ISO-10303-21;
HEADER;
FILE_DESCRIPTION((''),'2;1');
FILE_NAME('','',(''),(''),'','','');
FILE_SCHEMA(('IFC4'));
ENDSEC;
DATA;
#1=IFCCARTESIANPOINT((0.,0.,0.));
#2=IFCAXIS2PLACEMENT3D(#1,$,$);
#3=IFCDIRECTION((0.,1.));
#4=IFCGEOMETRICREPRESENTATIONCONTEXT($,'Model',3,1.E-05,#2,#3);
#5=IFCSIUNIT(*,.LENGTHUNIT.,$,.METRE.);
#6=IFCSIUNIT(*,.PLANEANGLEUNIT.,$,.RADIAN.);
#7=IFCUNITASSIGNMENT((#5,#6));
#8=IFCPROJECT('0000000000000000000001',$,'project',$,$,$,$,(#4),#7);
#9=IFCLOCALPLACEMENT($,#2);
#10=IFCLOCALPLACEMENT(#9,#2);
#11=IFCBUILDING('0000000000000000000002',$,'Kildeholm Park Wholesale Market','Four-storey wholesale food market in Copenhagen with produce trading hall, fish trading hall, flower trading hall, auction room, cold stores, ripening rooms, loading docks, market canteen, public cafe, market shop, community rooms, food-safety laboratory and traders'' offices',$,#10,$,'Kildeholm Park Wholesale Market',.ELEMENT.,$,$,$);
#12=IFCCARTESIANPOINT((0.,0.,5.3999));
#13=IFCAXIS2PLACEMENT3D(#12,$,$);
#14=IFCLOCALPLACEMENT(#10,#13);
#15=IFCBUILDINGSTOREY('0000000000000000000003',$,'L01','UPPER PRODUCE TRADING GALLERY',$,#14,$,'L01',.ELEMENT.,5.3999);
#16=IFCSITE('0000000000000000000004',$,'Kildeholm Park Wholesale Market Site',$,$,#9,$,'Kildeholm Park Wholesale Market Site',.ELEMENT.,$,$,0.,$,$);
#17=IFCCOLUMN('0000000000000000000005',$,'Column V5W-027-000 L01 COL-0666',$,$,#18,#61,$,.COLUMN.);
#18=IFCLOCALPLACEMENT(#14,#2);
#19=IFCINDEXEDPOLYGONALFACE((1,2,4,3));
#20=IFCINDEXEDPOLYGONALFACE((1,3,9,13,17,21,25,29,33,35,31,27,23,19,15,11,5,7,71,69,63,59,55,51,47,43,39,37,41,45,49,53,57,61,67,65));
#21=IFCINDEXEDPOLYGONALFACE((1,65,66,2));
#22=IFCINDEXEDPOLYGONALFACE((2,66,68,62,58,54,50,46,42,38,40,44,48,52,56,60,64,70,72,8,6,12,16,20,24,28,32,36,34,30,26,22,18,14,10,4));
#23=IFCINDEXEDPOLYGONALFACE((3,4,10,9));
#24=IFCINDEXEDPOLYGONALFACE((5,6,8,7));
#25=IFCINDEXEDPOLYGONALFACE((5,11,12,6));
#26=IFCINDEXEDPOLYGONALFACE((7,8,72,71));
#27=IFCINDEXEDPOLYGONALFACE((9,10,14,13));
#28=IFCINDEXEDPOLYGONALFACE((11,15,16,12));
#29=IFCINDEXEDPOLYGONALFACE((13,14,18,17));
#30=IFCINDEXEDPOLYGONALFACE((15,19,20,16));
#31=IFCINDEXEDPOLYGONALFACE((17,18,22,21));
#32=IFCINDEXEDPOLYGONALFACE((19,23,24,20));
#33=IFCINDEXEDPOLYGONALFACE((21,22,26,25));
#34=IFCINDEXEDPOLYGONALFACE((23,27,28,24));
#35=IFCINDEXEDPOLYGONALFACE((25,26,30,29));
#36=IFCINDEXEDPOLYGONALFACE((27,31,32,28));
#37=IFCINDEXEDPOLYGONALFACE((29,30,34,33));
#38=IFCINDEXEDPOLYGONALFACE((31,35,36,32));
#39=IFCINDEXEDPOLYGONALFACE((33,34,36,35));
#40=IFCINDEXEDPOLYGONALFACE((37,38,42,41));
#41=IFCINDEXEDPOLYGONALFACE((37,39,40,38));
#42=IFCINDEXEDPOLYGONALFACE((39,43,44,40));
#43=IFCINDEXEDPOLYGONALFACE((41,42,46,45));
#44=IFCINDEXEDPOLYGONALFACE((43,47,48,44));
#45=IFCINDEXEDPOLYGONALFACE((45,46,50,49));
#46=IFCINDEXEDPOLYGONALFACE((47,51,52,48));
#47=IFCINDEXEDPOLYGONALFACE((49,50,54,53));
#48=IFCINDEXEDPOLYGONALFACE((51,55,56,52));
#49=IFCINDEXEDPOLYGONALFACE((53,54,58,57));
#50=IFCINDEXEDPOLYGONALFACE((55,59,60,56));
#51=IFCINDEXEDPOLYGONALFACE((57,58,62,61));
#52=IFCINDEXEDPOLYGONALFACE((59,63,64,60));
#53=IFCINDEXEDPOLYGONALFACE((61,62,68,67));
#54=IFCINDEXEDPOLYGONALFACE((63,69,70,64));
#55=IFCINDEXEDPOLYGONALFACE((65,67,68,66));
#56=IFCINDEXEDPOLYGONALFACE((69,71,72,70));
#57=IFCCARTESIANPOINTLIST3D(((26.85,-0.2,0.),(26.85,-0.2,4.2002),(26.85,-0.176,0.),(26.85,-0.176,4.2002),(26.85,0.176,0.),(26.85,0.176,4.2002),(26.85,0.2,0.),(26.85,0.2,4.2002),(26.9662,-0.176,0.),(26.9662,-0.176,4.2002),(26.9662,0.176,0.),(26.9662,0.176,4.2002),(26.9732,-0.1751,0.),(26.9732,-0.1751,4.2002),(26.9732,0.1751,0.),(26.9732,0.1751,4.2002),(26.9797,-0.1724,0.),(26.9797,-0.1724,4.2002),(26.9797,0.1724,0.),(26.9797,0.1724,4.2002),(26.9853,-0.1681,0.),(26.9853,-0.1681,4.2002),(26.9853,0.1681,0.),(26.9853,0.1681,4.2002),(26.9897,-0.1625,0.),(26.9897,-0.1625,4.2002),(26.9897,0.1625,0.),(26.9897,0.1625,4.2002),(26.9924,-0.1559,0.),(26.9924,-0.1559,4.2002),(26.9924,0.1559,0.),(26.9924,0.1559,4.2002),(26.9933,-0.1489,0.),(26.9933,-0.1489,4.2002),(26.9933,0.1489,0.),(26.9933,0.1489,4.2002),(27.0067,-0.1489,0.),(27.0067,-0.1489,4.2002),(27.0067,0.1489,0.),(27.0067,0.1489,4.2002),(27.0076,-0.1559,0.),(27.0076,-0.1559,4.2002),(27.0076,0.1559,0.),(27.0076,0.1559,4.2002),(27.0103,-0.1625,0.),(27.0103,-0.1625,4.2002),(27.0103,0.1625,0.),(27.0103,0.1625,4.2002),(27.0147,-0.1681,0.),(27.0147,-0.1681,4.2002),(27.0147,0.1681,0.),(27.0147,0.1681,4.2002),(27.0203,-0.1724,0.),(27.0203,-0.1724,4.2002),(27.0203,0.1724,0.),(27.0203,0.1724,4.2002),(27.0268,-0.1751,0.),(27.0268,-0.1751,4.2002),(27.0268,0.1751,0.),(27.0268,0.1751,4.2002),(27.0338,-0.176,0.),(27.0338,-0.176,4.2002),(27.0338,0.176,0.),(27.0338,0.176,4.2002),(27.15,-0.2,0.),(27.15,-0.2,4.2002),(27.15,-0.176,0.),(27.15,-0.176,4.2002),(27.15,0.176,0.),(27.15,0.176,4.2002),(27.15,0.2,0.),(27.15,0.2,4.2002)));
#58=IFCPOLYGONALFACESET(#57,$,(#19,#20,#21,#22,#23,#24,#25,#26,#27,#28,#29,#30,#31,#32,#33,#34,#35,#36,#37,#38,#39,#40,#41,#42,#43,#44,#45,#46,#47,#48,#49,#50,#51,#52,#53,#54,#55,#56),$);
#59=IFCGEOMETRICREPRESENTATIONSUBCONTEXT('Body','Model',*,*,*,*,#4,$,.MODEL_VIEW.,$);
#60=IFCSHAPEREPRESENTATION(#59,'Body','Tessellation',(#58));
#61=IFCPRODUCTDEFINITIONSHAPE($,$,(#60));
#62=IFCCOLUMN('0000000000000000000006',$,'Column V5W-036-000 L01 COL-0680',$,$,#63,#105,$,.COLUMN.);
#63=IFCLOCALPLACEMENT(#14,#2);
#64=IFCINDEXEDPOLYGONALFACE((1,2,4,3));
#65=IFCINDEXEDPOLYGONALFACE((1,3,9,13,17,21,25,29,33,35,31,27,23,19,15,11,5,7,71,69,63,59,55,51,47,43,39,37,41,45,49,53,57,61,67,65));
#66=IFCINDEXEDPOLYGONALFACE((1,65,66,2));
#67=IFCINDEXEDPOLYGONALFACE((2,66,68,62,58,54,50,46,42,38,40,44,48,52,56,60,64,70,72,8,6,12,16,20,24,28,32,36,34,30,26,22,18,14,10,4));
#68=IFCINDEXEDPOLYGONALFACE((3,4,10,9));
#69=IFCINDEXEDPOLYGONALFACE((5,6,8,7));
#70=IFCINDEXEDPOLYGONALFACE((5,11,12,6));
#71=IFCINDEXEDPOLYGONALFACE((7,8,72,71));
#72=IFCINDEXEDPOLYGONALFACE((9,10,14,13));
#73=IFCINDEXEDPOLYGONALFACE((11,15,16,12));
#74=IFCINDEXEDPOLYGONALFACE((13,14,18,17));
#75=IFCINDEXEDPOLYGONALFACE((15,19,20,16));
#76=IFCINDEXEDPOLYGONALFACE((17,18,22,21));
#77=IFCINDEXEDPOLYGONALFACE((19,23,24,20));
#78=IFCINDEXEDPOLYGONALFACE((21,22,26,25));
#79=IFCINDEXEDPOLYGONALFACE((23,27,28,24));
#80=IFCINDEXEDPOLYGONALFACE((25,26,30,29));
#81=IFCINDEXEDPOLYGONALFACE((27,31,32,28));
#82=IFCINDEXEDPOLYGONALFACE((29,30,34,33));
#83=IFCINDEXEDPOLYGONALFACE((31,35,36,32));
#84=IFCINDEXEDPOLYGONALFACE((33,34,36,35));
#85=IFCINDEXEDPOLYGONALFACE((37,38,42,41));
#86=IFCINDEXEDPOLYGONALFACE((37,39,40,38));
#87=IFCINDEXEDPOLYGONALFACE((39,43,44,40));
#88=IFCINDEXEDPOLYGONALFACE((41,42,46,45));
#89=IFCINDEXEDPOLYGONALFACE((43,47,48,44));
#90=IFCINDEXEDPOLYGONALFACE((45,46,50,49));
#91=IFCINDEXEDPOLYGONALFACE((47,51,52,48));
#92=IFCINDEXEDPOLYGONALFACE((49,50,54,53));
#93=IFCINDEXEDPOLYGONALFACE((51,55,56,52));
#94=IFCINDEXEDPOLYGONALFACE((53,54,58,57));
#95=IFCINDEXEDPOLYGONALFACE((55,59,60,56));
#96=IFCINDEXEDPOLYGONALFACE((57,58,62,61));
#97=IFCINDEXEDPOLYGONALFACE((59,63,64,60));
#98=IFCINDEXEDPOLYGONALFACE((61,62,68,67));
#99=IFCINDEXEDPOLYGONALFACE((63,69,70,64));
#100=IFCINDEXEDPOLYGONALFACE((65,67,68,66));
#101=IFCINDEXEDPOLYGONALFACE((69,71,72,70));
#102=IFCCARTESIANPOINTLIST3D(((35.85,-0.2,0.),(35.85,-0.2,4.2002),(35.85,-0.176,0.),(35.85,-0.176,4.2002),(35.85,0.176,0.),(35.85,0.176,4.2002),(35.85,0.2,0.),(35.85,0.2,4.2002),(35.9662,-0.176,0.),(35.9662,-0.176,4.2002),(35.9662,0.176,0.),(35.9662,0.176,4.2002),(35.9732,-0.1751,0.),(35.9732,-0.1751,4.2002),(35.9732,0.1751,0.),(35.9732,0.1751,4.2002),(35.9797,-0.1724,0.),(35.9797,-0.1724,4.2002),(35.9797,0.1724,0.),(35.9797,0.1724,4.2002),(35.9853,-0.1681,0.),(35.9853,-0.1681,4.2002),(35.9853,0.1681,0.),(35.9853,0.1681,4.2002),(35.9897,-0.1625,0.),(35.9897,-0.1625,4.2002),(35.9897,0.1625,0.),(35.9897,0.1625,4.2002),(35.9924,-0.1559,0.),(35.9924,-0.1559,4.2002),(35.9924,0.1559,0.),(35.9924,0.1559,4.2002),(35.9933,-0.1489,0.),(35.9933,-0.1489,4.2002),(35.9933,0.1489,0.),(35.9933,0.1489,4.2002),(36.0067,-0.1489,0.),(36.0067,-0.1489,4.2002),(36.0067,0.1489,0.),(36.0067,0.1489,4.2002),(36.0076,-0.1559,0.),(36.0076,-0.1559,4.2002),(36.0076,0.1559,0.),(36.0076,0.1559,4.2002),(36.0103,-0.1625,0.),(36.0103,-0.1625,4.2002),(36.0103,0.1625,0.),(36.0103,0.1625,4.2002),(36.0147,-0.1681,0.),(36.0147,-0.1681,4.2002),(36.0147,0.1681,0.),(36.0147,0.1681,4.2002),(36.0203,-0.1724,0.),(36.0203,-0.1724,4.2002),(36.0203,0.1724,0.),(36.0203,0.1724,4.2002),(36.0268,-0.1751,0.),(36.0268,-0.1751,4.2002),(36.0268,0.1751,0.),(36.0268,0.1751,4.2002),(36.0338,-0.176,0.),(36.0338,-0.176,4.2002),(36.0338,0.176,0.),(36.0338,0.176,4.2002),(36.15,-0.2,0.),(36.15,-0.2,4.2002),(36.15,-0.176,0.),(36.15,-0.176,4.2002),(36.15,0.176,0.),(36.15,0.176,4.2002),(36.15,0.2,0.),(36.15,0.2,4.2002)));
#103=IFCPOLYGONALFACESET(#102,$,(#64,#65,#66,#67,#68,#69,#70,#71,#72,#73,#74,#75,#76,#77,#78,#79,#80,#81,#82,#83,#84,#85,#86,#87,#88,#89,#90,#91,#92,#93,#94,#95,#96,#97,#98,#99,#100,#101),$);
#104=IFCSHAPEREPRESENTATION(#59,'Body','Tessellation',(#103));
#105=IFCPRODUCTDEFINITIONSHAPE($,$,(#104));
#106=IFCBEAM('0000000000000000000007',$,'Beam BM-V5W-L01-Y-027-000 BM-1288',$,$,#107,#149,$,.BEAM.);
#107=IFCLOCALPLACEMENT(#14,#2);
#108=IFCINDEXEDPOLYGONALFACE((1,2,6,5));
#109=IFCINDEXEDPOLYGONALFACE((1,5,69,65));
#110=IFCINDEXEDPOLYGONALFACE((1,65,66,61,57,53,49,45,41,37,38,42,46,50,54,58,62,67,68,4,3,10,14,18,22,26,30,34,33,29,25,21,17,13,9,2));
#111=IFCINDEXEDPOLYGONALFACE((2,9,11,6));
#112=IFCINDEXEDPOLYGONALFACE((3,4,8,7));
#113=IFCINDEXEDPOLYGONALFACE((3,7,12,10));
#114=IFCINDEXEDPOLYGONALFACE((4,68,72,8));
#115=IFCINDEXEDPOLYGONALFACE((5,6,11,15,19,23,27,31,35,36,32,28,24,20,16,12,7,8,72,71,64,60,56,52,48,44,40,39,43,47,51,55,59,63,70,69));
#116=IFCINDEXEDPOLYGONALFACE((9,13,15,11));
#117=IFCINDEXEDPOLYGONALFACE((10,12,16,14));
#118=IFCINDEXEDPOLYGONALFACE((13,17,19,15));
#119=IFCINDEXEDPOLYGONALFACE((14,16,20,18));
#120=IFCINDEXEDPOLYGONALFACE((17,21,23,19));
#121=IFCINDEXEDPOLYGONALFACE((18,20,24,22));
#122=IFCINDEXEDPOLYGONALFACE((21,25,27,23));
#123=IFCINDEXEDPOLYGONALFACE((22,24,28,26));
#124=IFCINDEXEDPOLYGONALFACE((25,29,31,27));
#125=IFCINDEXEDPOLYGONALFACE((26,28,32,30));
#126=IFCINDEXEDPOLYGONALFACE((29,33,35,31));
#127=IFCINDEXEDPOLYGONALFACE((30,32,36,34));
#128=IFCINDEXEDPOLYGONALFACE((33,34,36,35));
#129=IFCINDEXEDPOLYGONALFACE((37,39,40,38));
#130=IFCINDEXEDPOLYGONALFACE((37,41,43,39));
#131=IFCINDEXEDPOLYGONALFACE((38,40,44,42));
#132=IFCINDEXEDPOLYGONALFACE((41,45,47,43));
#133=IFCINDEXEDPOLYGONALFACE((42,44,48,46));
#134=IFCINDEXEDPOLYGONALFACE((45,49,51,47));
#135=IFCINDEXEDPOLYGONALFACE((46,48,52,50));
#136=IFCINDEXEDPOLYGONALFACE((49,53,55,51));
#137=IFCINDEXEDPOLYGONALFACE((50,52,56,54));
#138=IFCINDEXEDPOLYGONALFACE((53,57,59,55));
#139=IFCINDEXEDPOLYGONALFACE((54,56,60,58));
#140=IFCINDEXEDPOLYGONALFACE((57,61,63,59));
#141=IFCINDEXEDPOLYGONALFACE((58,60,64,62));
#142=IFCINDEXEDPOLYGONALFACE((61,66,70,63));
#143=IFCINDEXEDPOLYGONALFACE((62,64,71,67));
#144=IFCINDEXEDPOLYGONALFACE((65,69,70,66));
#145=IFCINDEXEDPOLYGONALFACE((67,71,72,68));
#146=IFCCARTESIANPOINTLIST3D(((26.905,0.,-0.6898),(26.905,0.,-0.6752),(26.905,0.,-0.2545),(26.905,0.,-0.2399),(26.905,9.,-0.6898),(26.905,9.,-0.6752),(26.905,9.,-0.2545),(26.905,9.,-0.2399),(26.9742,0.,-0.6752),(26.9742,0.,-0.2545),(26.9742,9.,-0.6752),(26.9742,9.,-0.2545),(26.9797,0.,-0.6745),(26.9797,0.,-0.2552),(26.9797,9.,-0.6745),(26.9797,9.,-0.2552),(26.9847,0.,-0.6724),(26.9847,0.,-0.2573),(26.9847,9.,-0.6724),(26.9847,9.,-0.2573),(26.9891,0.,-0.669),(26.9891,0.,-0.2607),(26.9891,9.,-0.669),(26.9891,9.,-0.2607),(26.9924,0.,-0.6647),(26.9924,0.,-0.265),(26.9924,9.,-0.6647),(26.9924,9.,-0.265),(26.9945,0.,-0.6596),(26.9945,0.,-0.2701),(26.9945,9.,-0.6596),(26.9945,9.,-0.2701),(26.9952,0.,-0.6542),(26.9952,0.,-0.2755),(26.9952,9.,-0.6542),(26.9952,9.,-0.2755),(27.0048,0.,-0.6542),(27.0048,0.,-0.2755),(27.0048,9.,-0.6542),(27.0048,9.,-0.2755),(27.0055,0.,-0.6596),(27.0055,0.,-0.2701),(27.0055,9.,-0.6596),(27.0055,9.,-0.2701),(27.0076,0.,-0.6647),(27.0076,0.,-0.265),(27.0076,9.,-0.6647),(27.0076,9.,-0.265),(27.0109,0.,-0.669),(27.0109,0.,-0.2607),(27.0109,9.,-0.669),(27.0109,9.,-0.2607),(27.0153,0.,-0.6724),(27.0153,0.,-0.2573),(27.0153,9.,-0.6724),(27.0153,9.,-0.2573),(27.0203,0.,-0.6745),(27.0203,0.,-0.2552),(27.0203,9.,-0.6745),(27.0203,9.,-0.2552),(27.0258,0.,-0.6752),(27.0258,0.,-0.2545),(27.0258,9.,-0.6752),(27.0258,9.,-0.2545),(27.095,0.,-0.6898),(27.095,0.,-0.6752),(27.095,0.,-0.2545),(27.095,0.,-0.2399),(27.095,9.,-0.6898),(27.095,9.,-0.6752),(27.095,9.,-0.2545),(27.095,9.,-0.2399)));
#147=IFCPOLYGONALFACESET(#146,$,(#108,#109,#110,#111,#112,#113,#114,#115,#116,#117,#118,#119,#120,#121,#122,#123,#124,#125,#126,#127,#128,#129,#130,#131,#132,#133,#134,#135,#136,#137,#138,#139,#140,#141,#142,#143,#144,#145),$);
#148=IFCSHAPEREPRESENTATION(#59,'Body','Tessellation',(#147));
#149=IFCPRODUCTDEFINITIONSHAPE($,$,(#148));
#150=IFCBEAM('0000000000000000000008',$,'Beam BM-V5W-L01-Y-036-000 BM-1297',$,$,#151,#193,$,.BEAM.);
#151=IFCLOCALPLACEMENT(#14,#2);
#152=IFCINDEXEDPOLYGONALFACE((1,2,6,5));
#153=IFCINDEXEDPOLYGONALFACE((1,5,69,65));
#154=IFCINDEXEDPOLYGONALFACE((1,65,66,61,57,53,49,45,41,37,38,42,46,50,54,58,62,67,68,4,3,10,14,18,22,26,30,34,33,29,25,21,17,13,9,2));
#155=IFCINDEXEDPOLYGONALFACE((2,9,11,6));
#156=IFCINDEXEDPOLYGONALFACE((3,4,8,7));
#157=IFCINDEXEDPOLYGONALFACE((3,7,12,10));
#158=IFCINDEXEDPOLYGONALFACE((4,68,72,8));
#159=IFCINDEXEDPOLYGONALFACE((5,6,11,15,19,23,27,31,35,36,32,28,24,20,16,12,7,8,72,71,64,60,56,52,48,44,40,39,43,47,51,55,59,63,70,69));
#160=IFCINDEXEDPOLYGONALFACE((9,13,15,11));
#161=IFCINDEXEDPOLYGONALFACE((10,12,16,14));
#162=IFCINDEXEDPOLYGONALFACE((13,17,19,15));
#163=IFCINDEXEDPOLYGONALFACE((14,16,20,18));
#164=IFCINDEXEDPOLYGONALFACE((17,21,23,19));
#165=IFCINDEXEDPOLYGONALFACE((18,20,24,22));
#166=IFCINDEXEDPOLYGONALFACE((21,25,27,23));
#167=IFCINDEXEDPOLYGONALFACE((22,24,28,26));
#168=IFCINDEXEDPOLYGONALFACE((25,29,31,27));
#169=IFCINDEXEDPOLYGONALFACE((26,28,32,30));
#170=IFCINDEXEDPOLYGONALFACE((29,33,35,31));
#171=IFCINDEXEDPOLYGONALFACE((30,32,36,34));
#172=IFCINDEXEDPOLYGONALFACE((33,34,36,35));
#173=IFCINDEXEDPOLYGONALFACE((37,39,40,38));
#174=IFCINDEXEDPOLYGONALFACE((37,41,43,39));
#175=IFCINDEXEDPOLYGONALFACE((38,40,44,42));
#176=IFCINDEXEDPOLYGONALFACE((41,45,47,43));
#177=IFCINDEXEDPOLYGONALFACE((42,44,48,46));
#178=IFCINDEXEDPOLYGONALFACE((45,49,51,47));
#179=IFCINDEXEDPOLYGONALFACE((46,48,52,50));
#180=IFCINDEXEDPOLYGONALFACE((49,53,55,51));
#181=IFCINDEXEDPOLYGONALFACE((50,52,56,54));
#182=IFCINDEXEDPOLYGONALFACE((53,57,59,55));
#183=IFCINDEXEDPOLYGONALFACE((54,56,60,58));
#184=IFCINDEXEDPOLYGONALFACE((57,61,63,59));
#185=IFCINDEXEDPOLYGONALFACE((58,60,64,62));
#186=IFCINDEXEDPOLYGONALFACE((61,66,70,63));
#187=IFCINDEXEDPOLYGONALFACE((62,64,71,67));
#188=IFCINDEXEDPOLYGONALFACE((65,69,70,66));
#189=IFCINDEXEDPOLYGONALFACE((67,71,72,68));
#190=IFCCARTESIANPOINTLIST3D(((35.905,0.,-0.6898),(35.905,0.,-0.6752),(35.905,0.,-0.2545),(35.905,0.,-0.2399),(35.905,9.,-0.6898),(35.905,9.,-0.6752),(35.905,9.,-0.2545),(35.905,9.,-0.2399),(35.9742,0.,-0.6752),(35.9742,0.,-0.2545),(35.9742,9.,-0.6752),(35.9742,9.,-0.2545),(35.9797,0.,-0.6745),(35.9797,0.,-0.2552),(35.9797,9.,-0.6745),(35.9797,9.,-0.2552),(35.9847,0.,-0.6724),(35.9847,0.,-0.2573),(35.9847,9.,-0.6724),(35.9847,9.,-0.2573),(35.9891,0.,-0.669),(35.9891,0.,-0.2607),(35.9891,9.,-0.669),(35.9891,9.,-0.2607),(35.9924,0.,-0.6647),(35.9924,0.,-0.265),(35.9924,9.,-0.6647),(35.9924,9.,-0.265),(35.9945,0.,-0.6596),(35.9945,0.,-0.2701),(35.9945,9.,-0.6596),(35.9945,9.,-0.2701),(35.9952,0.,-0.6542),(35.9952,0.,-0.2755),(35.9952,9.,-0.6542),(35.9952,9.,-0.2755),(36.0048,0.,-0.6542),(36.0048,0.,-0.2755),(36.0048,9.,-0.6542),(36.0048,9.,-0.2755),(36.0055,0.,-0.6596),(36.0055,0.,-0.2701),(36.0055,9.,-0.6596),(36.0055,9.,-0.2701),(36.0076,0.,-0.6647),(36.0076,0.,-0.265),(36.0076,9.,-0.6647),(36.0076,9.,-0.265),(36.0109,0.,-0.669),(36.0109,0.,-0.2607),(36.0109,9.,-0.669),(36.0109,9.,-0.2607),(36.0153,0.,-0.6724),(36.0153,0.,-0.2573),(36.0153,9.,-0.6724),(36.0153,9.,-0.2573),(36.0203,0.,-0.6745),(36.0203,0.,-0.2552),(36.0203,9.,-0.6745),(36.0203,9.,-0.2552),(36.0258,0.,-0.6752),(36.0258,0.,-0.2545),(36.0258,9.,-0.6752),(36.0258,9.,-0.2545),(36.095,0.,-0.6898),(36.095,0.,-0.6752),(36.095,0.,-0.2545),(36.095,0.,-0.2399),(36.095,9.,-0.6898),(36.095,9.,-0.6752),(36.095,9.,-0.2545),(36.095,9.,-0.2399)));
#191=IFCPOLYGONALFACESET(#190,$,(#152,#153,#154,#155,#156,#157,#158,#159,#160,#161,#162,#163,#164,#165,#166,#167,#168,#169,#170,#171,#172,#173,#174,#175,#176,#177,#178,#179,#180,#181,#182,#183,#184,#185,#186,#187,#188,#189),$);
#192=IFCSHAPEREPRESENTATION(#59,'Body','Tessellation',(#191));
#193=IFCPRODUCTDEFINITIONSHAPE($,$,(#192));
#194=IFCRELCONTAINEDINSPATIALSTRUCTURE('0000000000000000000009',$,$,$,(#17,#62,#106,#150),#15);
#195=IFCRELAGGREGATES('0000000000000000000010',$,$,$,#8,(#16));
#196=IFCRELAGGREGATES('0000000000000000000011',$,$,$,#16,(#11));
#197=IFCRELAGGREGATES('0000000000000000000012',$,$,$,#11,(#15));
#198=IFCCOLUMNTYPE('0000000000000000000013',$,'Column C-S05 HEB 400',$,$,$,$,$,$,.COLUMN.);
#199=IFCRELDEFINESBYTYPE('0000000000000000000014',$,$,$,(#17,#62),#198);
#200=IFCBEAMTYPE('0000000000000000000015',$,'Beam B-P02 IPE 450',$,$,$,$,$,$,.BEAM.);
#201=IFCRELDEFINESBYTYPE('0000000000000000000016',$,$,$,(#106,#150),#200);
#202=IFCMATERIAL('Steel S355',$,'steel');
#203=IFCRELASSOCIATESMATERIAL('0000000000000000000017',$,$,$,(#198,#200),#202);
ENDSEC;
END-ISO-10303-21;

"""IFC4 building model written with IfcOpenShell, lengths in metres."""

from ifc_helpers import new_model, si_unit, direction, frame, origin, origin_2d, place, context, subcontext, project, spatial, i_section, extrude, material, material_profile, profile_set, type_object, element, save


model = new_model("IFC4")

# Units and contexts
model_context = context("Model", 3, precision=1e-05, world=origin(), true_north=direction((0.0, 1.0)))
body_context = subcontext(model_context, "Body", "Model", "MODEL_VIEW")
ifc_project = project(units=[si_unit("LENGTHUNIT", "METRE"), si_unit("PLANEANGLEUNIT", "RADIAN")], contexts=[model_context])

# Site, building, storey
site_placement = place(None, origin())
site = spatial("IfcSite", under=ifc_project, at=site_placement, Name="Kildeholm Park Wholesale Market Site", LongName="Kildeholm Park Wholesale Market Site", CompositionType="ELEMENT", RefElevation=0.0)
building_placement = place(site_placement, origin())
building = spatial("IfcBuilding", under=site, at=building_placement, Name="Kildeholm Park Wholesale Market", Description="Four-storey wholesale food market in Copenhagen with produce trading hall, fish trading hall, flower trading hall, auction room, cold stores, ripening rooms, loading docks, market canteen, public cafe, market shop, community rooms, food-safety laboratory and traders' offices", LongName="Kildeholm Park Wholesale Market", CompositionType="ELEMENT")
storey_placement = place(building_placement, frame((0.0, 0.0, 5.3999)))
storey = spatial("IfcBuildingStorey", under=building, at=storey_placement, Name="L01", Description="UPPER PRODUCE TRADING GALLERY", LongName="L01", CompositionType="ELEMENT", Elevation=5.3999)

# Columns
ifc_material_1 = material(Name="Steel S355", Category="steel")
ifc_material_profile_1 = material_profile(ifc_material_1, i_section(OverallWidth=0.3, OverallDepth=0.3999, WebThickness=0.0134, FlangeThickness=0.0239, FilletRadius=0.0271, at=origin_2d()), Name="HEB 400")
ifc_profile_set_1 = profile_set([ifc_material_profile_1], Name="Steel S355")
column_type = type_object("IfcColumnType", Name="Column C-S05 HEB 400", PredefinedType="COLUMN", material=ifc_profile_set_1)
for number, where, z_axis, x_axis, name in (
    (1, (27.0, 0.0, 0.0), (0.0, 0.0, 1.0), (1.0, 0.0, 0.0), "Column V5W-027-000 L01 COL-0666"),
    (2, (36.0, 0.0, 0.0), (0.0, 0.0, 1.0), (1.0, 0.0, 0.0), "Column V5W-036-000 L01 COL-0680"),
):
    element("IfcColumn", number, at=place(storey_placement, frame(where, z_axis=z_axis, x_axis=x_axis)), inside=storey, type_object=column_type, Name=name, PredefinedType="COLUMN", context=body_context, shape_type="SweptSolid", body=[
        extrude(i_section(OverallWidth=0.3, OverallDepth=0.3999, WebThickness=0.0134, FlangeThickness=0.0239, FilletRadius=0.0271, at=origin_2d()), origin(), (0.0, 0.0, 1.0), 4.2002),
    ])

# Beams
ifc_material_profile_2 = material_profile(ifc_material_1, i_section(OverallWidth=0.1899, OverallDepth=0.45, WebThickness=0.0095, FlangeThickness=0.0146, FilletRadius=0.021, at=origin_2d()), Name="IPE 450")
ifc_profile_set_2 = profile_set([ifc_material_profile_2], Name="Steel S355")
beam_type_1 = type_object("IfcBeamType", Name="Beam B-P02 IPE 450", PredefinedType="BEAM", material=ifc_profile_set_2)
for number, where, z_axis, x_axis, name in (
    (3, (27.0, 0.0, -0.4648), (0.0, 1.0, 0.0), (-1.0, 0.0, 0.0), "Beam BM-V5W-L01-Y-027-000 BM-1288"),
    (4, (36.0, 0.0, -0.4648), (0.0, 1.0, 0.0), (-1.0, 0.0, 0.0), "Beam BM-V5W-L01-Y-036-000 BM-1297"),
):
    element("IfcBeam", number, at=place(storey_placement, frame(where, z_axis=z_axis, x_axis=x_axis)), inside=storey, type_object=beam_type_1, Name=name, PredefinedType="BEAM", context=body_context, shape_type="SweptSolid", body=[
        extrude(i_section(OverallWidth=0.1899, OverallDepth=0.45, WebThickness=0.0095, FlangeThickness=0.0146, FilletRadius=0.021, at=origin_2d()), origin(), (0.0, 0.0, 1.0), 9.0),
    ])

save(model, "model.ifc")
